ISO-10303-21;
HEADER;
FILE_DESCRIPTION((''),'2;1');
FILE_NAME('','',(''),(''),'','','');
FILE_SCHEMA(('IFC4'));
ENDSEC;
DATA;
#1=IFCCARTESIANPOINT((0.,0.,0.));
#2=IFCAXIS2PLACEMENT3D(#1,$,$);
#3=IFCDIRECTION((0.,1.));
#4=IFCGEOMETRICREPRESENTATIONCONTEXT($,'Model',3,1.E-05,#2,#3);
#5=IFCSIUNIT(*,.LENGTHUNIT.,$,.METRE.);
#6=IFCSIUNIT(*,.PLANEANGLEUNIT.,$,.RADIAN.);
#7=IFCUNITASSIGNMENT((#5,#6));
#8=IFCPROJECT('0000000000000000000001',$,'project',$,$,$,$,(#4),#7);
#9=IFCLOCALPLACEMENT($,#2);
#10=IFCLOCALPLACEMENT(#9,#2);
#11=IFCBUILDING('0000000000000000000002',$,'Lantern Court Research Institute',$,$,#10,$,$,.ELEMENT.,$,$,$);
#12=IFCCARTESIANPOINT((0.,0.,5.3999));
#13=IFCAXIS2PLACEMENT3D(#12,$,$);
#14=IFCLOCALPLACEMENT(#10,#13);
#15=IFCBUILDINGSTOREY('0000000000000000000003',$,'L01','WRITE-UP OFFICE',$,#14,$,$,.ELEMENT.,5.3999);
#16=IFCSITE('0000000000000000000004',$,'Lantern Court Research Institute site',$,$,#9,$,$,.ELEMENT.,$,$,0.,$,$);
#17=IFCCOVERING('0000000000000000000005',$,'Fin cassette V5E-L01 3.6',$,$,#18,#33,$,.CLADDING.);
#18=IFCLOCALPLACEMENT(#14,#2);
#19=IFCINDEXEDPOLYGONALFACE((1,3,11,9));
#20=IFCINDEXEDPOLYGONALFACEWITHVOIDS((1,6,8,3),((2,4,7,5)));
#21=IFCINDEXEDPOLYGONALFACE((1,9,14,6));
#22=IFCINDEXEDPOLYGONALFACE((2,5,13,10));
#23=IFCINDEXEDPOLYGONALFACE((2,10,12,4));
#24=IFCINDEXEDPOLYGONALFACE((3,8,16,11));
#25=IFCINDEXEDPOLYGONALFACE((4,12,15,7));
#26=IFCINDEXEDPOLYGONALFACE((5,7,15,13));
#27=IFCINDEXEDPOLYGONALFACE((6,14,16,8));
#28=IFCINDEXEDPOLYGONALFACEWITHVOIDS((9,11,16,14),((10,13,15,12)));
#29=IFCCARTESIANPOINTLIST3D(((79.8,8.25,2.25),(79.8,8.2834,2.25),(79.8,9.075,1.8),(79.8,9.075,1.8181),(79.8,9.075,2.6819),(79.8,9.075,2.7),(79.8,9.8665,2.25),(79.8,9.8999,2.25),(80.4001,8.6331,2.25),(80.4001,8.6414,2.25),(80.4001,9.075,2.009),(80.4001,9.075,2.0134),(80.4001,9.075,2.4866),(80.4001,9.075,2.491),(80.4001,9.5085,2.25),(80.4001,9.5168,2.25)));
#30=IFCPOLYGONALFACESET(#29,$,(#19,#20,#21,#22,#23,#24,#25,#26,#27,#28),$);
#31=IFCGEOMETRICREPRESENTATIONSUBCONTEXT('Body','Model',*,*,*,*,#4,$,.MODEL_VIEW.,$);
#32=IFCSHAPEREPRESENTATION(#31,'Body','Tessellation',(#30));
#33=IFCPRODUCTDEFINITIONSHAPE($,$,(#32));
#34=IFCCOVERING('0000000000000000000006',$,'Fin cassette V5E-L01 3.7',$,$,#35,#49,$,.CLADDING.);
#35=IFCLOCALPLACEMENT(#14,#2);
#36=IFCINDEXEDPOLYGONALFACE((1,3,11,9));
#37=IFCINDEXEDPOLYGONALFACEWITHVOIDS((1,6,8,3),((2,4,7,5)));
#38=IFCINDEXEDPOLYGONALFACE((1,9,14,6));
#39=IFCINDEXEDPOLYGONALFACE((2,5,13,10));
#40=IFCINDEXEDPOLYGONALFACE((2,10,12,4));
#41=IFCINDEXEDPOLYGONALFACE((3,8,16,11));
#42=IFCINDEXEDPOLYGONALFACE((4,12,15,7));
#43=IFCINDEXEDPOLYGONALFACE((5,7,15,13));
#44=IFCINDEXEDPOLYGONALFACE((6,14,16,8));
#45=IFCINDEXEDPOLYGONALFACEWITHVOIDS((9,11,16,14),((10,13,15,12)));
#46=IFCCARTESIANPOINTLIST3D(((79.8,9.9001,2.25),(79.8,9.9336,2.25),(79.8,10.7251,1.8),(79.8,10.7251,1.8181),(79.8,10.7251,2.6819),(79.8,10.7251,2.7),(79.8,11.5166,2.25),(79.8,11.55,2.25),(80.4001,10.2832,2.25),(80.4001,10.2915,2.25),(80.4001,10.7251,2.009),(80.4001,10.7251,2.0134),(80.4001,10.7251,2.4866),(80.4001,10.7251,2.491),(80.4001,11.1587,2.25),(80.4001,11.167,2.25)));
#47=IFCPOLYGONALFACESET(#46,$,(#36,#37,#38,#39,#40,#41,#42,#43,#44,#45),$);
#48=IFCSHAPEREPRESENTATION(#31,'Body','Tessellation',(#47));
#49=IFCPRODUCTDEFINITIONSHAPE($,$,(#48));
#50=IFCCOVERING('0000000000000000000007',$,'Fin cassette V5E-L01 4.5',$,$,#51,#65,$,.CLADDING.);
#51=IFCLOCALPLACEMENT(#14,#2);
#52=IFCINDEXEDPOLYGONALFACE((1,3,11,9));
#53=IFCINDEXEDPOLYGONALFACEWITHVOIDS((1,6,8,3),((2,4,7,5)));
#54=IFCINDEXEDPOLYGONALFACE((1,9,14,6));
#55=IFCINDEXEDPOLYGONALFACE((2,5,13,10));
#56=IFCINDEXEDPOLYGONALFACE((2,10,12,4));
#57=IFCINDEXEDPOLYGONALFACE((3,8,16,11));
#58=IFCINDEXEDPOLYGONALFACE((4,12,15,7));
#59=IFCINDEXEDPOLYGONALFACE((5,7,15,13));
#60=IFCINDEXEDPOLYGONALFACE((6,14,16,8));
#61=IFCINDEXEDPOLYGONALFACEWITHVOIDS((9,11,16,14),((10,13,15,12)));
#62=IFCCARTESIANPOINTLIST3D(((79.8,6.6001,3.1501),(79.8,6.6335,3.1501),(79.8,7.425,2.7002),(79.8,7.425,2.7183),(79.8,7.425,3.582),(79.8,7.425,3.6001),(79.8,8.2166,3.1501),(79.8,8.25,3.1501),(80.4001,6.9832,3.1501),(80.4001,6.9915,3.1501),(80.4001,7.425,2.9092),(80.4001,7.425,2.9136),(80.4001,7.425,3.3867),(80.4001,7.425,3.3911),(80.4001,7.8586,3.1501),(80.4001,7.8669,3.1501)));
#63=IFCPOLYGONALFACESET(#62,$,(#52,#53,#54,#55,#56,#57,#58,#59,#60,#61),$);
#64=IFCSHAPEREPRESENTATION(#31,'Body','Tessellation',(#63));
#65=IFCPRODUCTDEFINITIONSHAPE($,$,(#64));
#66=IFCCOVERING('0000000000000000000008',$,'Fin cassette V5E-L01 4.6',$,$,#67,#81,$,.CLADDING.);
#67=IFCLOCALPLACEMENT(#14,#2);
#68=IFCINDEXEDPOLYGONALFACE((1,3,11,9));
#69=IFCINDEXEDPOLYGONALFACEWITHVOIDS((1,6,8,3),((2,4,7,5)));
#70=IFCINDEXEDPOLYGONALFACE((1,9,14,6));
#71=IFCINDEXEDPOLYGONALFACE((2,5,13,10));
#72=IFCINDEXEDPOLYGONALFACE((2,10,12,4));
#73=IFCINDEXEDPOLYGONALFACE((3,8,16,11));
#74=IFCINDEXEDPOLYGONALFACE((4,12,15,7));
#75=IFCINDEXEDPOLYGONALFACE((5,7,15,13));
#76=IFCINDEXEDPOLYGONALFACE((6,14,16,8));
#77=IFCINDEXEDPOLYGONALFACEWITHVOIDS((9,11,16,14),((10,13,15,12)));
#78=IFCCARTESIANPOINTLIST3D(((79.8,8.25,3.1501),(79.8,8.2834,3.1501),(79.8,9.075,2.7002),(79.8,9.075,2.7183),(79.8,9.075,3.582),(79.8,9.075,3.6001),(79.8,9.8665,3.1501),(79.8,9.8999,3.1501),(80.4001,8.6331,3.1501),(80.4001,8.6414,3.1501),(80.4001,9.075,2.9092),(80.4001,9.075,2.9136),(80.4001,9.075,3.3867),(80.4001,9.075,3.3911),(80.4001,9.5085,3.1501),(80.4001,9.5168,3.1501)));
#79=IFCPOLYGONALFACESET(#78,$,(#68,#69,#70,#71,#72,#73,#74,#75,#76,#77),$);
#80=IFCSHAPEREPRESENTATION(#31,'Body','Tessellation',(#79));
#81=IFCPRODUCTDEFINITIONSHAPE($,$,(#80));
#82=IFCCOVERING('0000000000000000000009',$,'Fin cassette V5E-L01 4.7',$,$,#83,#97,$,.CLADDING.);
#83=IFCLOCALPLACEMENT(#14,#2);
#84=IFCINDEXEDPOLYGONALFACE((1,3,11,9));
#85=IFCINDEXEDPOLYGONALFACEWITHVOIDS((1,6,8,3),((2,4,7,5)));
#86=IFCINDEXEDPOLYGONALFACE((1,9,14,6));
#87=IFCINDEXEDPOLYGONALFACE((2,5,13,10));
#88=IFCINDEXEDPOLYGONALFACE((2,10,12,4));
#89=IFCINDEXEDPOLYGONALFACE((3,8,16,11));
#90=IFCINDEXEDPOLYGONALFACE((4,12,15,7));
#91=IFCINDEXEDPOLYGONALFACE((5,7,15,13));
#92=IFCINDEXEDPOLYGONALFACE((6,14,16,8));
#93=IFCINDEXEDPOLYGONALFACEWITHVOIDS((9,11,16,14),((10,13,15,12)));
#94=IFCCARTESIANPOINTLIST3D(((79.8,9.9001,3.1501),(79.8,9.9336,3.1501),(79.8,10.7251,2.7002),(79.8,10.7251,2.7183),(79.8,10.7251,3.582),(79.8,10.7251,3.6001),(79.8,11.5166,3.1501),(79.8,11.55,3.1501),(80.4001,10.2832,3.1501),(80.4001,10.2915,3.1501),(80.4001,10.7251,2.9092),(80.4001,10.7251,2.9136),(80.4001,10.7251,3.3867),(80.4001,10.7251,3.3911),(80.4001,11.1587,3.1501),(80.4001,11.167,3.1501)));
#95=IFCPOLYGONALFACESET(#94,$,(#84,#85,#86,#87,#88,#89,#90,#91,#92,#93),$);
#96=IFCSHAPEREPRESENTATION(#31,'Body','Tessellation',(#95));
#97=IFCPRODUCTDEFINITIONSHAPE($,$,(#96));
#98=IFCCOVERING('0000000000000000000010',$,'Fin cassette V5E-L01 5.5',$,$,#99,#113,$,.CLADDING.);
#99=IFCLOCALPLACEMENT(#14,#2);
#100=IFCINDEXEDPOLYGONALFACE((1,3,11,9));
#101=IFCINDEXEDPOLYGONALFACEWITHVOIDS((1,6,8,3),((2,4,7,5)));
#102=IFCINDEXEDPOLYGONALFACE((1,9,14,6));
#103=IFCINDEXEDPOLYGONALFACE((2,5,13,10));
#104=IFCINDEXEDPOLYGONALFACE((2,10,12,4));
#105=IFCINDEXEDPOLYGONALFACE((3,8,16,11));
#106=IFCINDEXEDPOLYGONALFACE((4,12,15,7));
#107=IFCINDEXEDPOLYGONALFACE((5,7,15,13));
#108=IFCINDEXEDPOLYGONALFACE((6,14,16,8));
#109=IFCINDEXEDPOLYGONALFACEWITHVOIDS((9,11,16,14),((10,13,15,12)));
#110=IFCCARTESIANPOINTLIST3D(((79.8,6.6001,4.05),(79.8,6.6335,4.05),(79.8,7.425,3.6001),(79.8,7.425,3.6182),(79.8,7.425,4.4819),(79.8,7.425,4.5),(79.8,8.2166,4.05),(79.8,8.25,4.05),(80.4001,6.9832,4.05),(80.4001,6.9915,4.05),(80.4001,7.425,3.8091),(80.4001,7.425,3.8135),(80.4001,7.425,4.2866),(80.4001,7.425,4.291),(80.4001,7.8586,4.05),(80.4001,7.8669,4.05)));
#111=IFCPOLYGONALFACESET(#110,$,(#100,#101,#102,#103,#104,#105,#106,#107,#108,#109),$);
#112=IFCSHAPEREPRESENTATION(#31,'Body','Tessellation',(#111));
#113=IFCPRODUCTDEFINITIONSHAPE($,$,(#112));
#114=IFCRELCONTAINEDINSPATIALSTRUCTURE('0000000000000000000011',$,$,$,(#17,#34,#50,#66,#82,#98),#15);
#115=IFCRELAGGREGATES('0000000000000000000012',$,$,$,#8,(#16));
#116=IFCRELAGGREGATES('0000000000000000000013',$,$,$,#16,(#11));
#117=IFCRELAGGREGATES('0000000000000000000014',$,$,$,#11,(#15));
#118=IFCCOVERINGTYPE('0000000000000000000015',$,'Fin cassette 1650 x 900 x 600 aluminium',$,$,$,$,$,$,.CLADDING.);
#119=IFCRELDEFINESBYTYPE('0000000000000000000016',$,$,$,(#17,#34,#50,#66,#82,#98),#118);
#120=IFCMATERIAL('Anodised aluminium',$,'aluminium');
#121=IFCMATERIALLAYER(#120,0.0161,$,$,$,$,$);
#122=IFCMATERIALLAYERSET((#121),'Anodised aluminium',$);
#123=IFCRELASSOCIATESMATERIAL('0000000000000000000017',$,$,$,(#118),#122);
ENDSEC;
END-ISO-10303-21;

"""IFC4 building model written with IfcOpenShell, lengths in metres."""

from ifc_helpers import new_model, entity, si_unit, direction, frame, origin, place, context, subcontext, project, spatial, material, layer, layer_set, type_object, element, save


model = new_model("IFC4")

# Units and contexts
model_context = context("Model", 3, precision=1e-05, world=origin(), true_north=direction((0.0, 1.0)))
body_context = subcontext(model_context, "Body", "Model", "MODEL_VIEW")
ifc_project = project(units=[si_unit("LENGTHUNIT", "METRE"), si_unit("PLANEANGLEUNIT", "RADIAN")], contexts=[model_context])

# Site, building, storey
site_placement = place(None, origin())
site = spatial("IfcSite", under=ifc_project, at=site_placement, Name="Lantern Court Research Institute site", CompositionType="ELEMENT", RefElevation=0.0)
building_placement = place(site_placement, origin())
building = spatial("IfcBuilding", under=site, at=building_placement, Name="Lantern Court Research Institute", CompositionType="ELEMENT")
storey_placement = place(building_placement, frame((0.0, 0.0, 5.3999)))
storey = spatial("IfcBuildingStorey", under=building, at=storey_placement, Name="L01", Description="WRITE-UP OFFICE", CompositionType="ELEMENT", Elevation=5.3999)

# Coverings
ifc_material_1 = material(Name="Anodised aluminium", Category="aluminium")
ifc_layer_1 = layer(ifc_material_1, 0.0161)
ifc_layer_set_1 = layer_set([ifc_layer_1], Name="Anodised aluminium")
covering_type = type_object("IfcCoveringType", Name="Fin cassette 1650 x 900 x 600 aluminium", PredefinedType="CLADDING", material=ifc_layer_set_1)
covering_1_placement = place(storey_placement, frame((79.8, 9.075, 2.25), z_axis=(1.0, 0.0, 0.0), x_axis=(0.0, 1.0, 0.0)))
cartesian_point_1 = entity("IfcCartesianPoint", [0.825, 0.0])
cartesian_point_2 = entity("IfcCartesianPoint", [0.7915, 0.0])
cartesian_point_3 = entity("IfcCartesianPoint", [0.4419, 0.0])
cartesian_point_4 = entity("IfcCartesianPoint", [0.4336, 0.0])
element("IfcCovering", 1, at=covering_1_placement, inside=storey, type_object=covering_type, Name="Fin cassette V5E-L01 3.6", PredefinedType="CLADDING", context=body_context, shape_type="SweptSolid", body=[
    entity("IfcExtrudedAreaSolidTapered", entity("IfcArbitraryProfileDefWithVoids", "AREA", None, entity("IfcPolyline", [cartesian_point_1, entity("IfcCartesianPoint", [0.0, 0.45]), entity("IfcCartesianPoint", [-0.825, 0.0]), entity("IfcCartesianPoint", [0.0, -0.45]), cartesian_point_1]), [entity("IfcPolyline", [cartesian_point_2, entity("IfcCartesianPoint", [0.0, 0.4319]), entity("IfcCartesianPoint", [-0.7915, 0.0]), entity("IfcCartesianPoint", [0.0, -0.4319]), cartesian_point_2])]), entity("IfcAxis2Placement3D", entity("IfcCartesianPoint", [0.0, 0.0, 0.0])), entity("IfcDirection", [0.0, 0.0, 1.0]), 0.6001, entity("IfcArbitraryProfileDefWithVoids", "AREA", None, entity("IfcPolyline", [cartesian_point_3, entity("IfcCartesianPoint", [0.0, 0.241]), entity("IfcCartesianPoint", [-0.4419, 0.0]), entity("IfcCartesianPoint", [0.0, -0.241]), cartesian_point_3]), [entity("IfcPolyline", [cartesian_point_4, entity("IfcCartesianPoint", [0.0, 0.2366]), entity("IfcCartesianPoint", [-0.4336, 0.0]), entity("IfcCartesianPoint", [0.0, -0.2366]), cartesian_point_4])])),
])
covering_2_placement = place(storey_placement, frame((79.8, 10.7251, 2.25), z_axis=(1.0, 0.0, 0.0), x_axis=(0.0, 1.0, 0.0)))
cartesian_point_5 = entity("IfcCartesianPoint", [0.825, 0.0])
cartesian_point_6 = entity("IfcCartesianPoint", [0.7915, 0.0])
cartesian_point_7 = entity("IfcCartesianPoint", [0.4419, 0.0])
cartesian_point_8 = entity("IfcCartesianPoint", [0.4336, 0.0])
element("IfcCovering", 2, at=covering_2_placement, inside=storey, type_object=covering_type, Name="Fin cassette V5E-L01 3.7", PredefinedType="CLADDING", context=body_context, shape_type="SweptSolid", body=[
    entity("IfcExtrudedAreaSolidTapered", entity("IfcArbitraryProfileDefWithVoids", "AREA", None, entity("IfcPolyline", [cartesian_point_5, entity("IfcCartesianPoint", [0.0, 0.45]), entity("IfcCartesianPoint", [-0.825, 0.0]), entity("IfcCartesianPoint", [0.0, -0.45]), cartesian_point_5]), [entity("IfcPolyline", [cartesian_point_6, entity("IfcCartesianPoint", [0.0, 0.4319]), entity("IfcCartesianPoint", [-0.7915, 0.0]), entity("IfcCartesianPoint", [0.0, -0.4319]), cartesian_point_6])]), entity("IfcAxis2Placement3D", entity("IfcCartesianPoint", [0.0, 0.0, 0.0])), entity("IfcDirection", [0.0, 0.0, 1.0]), 0.6001, entity("IfcArbitraryProfileDefWithVoids", "AREA", None, entity("IfcPolyline", [cartesian_point_7, entity("IfcCartesianPoint", [0.0, 0.241]), entity("IfcCartesianPoint", [-0.4419, 0.0]), entity("IfcCartesianPoint", [0.0, -0.241]), cartesian_point_7]), [entity("IfcPolyline", [cartesian_point_8, entity("IfcCartesianPoint", [0.0, 0.2366]), entity("IfcCartesianPoint", [-0.4336, 0.0]), entity("IfcCartesianPoint", [0.0, -0.2366]), cartesian_point_8])])),
])
covering_3_placement = place(storey_placement, frame((79.8, 7.425, 3.1501), z_axis=(1.0, 0.0, 0.0), x_axis=(0.0, 1.0, 0.0)))
cartesian_point_9 = entity("IfcCartesianPoint", [0.825, 0.0])
cartesian_point_10 = entity("IfcCartesianPoint", [0.7915, 0.0])
cartesian_point_11 = entity("IfcCartesianPoint", [0.4419, 0.0])
cartesian_point_12 = entity("IfcCartesianPoint", [0.4336, 0.0])
element("IfcCovering", 3, at=covering_3_placement, inside=storey, type_object=covering_type, Name="Fin cassette V5E-L01 4.5", PredefinedType="CLADDING", context=body_context, shape_type="SweptSolid", body=[
    entity("IfcExtrudedAreaSolidTapered", entity("IfcArbitraryProfileDefWithVoids", "AREA", None, entity("IfcPolyline", [cartesian_point_9, entity("IfcCartesianPoint", [0.0, 0.45]), entity("IfcCartesianPoint", [-0.825, 0.0]), entity("IfcCartesianPoint", [0.0, -0.45]), cartesian_point_9]), [entity("IfcPolyline", [cartesian_point_10, entity("IfcCartesianPoint", [0.0, 0.4319]), entity("IfcCartesianPoint", [-0.7915, 0.0]), entity("IfcCartesianPoint", [0.0, -0.4319]), cartesian_point_10])]), entity("IfcAxis2Placement3D", entity("IfcCartesianPoint", [0.0, 0.0, 0.0])), entity("IfcDirection", [0.0, 0.0, 1.0]), 0.6001, entity("IfcArbitraryProfileDefWithVoids", "AREA", None, entity("IfcPolyline", [cartesian_point_11, entity("IfcCartesianPoint", [0.0, 0.241]), entity("IfcCartesianPoint", [-0.4419, 0.0]), entity("IfcCartesianPoint", [0.0, -0.241]), cartesian_point_11]), [entity("IfcPolyline", [cartesian_point_12, entity("IfcCartesianPoint", [0.0, 0.2366]), entity("IfcCartesianPoint", [-0.4336, 0.0]), entity("IfcCartesianPoint", [0.0, -0.2366]), cartesian_point_12])])),
])
covering_4_placement = place(storey_placement, frame((79.8, 9.075, 3.1501), z_axis=(1.0, 0.0, 0.0), x_axis=(0.0, 1.0, 0.0)))
cartesian_point_13 = entity("IfcCartesianPoint", [0.825, 0.0])
cartesian_point_14 = entity("IfcCartesianPoint", [0.7915, 0.0])
cartesian_point_15 = entity("IfcCartesianPoint", [0.4419, 0.0])
cartesian_point_16 = entity("IfcCartesianPoint", [0.4336, 0.0])
element("IfcCovering", 4, at=covering_4_placement, inside=storey, type_object=covering_type, Name="Fin cassette V5E-L01 4.6", PredefinedType="CLADDING", context=body_context, shape_type="SweptSolid", body=[
    entity("IfcExtrudedAreaSolidTapered", entity("IfcArbitraryProfileDefWithVoids", "AREA", None, entity("IfcPolyline", [cartesian_point_13, entity("IfcCartesianPoint", [0.0, 0.45]), entity("IfcCartesianPoint", [-0.825, 0.0]), entity("IfcCartesianPoint", [0.0, -0.45]), cartesian_point_13]), [entity("IfcPolyline", [cartesian_point_14, entity("IfcCartesianPoint", [0.0, 0.4319]), entity("IfcCartesianPoint", [-0.7915, 0.0]), entity("IfcCartesianPoint", [0.0, -0.4319]), cartesian_point_14])]), entity("IfcAxis2Placement3D", entity("IfcCartesianPoint", [0.0, 0.0, 0.0])), entity("IfcDirection", [0.0, 0.0, 1.0]), 0.6001, entity("IfcArbitraryProfileDefWithVoids", "AREA", None, entity("IfcPolyline", [cartesian_point_15, entity("IfcCartesianPoint", [0.0, 0.241]), entity("IfcCartesianPoint", [-0.4419, 0.0]), entity("IfcCartesianPoint", [0.0, -0.241]), cartesian_point_15]), [entity("IfcPolyline", [cartesian_point_16, entity("IfcCartesianPoint", [0.0, 0.2366]), entity("IfcCartesianPoint", [-0.4336, 0.0]), entity("IfcCartesianPoint", [0.0, -0.2366]), cartesian_point_16])])),
])
covering_5_placement = place(storey_placement, frame((79.8, 10.7251, 3.1501), z_axis=(1.0, 0.0, 0.0), x_axis=(0.0, 1.0, 0.0)))
cartesian_point_17 = entity("IfcCartesianPoint", [0.825, 0.0])
cartesian_point_18 = entity("IfcCartesianPoint", [0.7915, 0.0])
cartesian_point_19 = entity("IfcCartesianPoint", [0.4419, 0.0])
cartesian_point_20 = entity("IfcCartesianPoint", [0.4336, 0.0])
element("IfcCovering", 5, at=covering_5_placement, inside=storey, type_object=covering_type, Name="Fin cassette V5E-L01 4.7", PredefinedType="CLADDING", context=body_context, shape_type="SweptSolid", body=[
    entity("IfcExtrudedAreaSolidTapered", entity("IfcArbitraryProfileDefWithVoids", "AREA", None, entity("IfcPolyline", [cartesian_point_17, entity("IfcCartesianPoint", [0.0, 0.45]), entity("IfcCartesianPoint", [-0.825, 0.0]), entity("IfcCartesianPoint", [0.0, -0.45]), cartesian_point_17]), [entity("IfcPolyline", [cartesian_point_18, entity("IfcCartesianPoint", [0.0, 0.4319]), entity("IfcCartesianPoint", [-0.7915, 0.0]), entity("IfcCartesianPoint", [0.0, -0.4319]), cartesian_point_18])]), entity("IfcAxis2Placement3D", entity("IfcCartesianPoint", [0.0, 0.0, 0.0])), entity("IfcDirection", [0.0, 0.0, 1.0]), 0.6001, entity("IfcArbitraryProfileDefWithVoids", "AREA", None, entity("IfcPolyline", [cartesian_point_19, entity("IfcCartesianPoint", [0.0, 0.241]), entity("IfcCartesianPoint", [-0.4419, 0.0]), entity("IfcCartesianPoint", [0.0, -0.241]), cartesian_point_19]), [entity("IfcPolyline", [cartesian_point_20, entity("IfcCartesianPoint", [0.0, 0.2366]), entity("IfcCartesianPoint", [-0.4336, 0.0]), entity("IfcCartesianPoint", [0.0, -0.2366]), cartesian_point_20])])),
])
covering_6_placement = place(storey_placement, frame((79.8, 7.425, 4.05), z_axis=(1.0, 0.0, 0.0), x_axis=(0.0, 1.0, 0.0)))
cartesian_point_21 = entity("IfcCartesianPoint", [0.825, 0.0])
cartesian_point_22 = entity("IfcCartesianPoint", [0.7915, 0.0])
cartesian_point_23 = entity("IfcCartesianPoint", [0.4419, 0.0])
cartesian_point_24 = entity("IfcCartesianPoint", [0.4336, 0.0])
element("IfcCovering", 6, at=covering_6_placement, inside=storey, type_object=covering_type, Name="Fin cassette V5E-L01 5.5", PredefinedType="CLADDING", context=body_context, shape_type="SweptSolid", body=[
    entity("IfcExtrudedAreaSolidTapered", entity("IfcArbitraryProfileDefWithVoids", "AREA", None, entity("IfcPolyline", [cartesian_point_21, entity("IfcCartesianPoint", [0.0, 0.45]), entity("IfcCartesianPoint", [-0.825, 0.0]), entity("IfcCartesianPoint", [0.0, -0.45]), cartesian_point_21]), [entity("IfcPolyline", [cartesian_point_22, entity("IfcCartesianPoint", [0.0, 0.4319]), entity("IfcCartesianPoint", [-0.7915, 0.0]), entity("IfcCartesianPoint", [0.0, -0.4319]), cartesian_point_22])]), entity("IfcAxis2Placement3D", entity("IfcCartesianPoint", [0.0, 0.0, 0.0])), entity("IfcDirection", [0.0, 0.0, 1.0]), 0.6001, entity("IfcArbitraryProfileDefWithVoids", "AREA", None, entity("IfcPolyline", [cartesian_point_23, entity("IfcCartesianPoint", [0.0, 0.241]), entity("IfcCartesianPoint", [-0.4419, 0.0]), entity("IfcCartesianPoint", [0.0, -0.241]), cartesian_point_23]), [entity("IfcPolyline", [cartesian_point_24, entity("IfcCartesianPoint", [0.0, 0.2366]), entity("IfcCartesianPoint", [-0.4336, 0.0]), entity("IfcCartesianPoint", [0.0, -0.2366]), cartesian_point_24])])),
])

save(model, "model.ifc")
